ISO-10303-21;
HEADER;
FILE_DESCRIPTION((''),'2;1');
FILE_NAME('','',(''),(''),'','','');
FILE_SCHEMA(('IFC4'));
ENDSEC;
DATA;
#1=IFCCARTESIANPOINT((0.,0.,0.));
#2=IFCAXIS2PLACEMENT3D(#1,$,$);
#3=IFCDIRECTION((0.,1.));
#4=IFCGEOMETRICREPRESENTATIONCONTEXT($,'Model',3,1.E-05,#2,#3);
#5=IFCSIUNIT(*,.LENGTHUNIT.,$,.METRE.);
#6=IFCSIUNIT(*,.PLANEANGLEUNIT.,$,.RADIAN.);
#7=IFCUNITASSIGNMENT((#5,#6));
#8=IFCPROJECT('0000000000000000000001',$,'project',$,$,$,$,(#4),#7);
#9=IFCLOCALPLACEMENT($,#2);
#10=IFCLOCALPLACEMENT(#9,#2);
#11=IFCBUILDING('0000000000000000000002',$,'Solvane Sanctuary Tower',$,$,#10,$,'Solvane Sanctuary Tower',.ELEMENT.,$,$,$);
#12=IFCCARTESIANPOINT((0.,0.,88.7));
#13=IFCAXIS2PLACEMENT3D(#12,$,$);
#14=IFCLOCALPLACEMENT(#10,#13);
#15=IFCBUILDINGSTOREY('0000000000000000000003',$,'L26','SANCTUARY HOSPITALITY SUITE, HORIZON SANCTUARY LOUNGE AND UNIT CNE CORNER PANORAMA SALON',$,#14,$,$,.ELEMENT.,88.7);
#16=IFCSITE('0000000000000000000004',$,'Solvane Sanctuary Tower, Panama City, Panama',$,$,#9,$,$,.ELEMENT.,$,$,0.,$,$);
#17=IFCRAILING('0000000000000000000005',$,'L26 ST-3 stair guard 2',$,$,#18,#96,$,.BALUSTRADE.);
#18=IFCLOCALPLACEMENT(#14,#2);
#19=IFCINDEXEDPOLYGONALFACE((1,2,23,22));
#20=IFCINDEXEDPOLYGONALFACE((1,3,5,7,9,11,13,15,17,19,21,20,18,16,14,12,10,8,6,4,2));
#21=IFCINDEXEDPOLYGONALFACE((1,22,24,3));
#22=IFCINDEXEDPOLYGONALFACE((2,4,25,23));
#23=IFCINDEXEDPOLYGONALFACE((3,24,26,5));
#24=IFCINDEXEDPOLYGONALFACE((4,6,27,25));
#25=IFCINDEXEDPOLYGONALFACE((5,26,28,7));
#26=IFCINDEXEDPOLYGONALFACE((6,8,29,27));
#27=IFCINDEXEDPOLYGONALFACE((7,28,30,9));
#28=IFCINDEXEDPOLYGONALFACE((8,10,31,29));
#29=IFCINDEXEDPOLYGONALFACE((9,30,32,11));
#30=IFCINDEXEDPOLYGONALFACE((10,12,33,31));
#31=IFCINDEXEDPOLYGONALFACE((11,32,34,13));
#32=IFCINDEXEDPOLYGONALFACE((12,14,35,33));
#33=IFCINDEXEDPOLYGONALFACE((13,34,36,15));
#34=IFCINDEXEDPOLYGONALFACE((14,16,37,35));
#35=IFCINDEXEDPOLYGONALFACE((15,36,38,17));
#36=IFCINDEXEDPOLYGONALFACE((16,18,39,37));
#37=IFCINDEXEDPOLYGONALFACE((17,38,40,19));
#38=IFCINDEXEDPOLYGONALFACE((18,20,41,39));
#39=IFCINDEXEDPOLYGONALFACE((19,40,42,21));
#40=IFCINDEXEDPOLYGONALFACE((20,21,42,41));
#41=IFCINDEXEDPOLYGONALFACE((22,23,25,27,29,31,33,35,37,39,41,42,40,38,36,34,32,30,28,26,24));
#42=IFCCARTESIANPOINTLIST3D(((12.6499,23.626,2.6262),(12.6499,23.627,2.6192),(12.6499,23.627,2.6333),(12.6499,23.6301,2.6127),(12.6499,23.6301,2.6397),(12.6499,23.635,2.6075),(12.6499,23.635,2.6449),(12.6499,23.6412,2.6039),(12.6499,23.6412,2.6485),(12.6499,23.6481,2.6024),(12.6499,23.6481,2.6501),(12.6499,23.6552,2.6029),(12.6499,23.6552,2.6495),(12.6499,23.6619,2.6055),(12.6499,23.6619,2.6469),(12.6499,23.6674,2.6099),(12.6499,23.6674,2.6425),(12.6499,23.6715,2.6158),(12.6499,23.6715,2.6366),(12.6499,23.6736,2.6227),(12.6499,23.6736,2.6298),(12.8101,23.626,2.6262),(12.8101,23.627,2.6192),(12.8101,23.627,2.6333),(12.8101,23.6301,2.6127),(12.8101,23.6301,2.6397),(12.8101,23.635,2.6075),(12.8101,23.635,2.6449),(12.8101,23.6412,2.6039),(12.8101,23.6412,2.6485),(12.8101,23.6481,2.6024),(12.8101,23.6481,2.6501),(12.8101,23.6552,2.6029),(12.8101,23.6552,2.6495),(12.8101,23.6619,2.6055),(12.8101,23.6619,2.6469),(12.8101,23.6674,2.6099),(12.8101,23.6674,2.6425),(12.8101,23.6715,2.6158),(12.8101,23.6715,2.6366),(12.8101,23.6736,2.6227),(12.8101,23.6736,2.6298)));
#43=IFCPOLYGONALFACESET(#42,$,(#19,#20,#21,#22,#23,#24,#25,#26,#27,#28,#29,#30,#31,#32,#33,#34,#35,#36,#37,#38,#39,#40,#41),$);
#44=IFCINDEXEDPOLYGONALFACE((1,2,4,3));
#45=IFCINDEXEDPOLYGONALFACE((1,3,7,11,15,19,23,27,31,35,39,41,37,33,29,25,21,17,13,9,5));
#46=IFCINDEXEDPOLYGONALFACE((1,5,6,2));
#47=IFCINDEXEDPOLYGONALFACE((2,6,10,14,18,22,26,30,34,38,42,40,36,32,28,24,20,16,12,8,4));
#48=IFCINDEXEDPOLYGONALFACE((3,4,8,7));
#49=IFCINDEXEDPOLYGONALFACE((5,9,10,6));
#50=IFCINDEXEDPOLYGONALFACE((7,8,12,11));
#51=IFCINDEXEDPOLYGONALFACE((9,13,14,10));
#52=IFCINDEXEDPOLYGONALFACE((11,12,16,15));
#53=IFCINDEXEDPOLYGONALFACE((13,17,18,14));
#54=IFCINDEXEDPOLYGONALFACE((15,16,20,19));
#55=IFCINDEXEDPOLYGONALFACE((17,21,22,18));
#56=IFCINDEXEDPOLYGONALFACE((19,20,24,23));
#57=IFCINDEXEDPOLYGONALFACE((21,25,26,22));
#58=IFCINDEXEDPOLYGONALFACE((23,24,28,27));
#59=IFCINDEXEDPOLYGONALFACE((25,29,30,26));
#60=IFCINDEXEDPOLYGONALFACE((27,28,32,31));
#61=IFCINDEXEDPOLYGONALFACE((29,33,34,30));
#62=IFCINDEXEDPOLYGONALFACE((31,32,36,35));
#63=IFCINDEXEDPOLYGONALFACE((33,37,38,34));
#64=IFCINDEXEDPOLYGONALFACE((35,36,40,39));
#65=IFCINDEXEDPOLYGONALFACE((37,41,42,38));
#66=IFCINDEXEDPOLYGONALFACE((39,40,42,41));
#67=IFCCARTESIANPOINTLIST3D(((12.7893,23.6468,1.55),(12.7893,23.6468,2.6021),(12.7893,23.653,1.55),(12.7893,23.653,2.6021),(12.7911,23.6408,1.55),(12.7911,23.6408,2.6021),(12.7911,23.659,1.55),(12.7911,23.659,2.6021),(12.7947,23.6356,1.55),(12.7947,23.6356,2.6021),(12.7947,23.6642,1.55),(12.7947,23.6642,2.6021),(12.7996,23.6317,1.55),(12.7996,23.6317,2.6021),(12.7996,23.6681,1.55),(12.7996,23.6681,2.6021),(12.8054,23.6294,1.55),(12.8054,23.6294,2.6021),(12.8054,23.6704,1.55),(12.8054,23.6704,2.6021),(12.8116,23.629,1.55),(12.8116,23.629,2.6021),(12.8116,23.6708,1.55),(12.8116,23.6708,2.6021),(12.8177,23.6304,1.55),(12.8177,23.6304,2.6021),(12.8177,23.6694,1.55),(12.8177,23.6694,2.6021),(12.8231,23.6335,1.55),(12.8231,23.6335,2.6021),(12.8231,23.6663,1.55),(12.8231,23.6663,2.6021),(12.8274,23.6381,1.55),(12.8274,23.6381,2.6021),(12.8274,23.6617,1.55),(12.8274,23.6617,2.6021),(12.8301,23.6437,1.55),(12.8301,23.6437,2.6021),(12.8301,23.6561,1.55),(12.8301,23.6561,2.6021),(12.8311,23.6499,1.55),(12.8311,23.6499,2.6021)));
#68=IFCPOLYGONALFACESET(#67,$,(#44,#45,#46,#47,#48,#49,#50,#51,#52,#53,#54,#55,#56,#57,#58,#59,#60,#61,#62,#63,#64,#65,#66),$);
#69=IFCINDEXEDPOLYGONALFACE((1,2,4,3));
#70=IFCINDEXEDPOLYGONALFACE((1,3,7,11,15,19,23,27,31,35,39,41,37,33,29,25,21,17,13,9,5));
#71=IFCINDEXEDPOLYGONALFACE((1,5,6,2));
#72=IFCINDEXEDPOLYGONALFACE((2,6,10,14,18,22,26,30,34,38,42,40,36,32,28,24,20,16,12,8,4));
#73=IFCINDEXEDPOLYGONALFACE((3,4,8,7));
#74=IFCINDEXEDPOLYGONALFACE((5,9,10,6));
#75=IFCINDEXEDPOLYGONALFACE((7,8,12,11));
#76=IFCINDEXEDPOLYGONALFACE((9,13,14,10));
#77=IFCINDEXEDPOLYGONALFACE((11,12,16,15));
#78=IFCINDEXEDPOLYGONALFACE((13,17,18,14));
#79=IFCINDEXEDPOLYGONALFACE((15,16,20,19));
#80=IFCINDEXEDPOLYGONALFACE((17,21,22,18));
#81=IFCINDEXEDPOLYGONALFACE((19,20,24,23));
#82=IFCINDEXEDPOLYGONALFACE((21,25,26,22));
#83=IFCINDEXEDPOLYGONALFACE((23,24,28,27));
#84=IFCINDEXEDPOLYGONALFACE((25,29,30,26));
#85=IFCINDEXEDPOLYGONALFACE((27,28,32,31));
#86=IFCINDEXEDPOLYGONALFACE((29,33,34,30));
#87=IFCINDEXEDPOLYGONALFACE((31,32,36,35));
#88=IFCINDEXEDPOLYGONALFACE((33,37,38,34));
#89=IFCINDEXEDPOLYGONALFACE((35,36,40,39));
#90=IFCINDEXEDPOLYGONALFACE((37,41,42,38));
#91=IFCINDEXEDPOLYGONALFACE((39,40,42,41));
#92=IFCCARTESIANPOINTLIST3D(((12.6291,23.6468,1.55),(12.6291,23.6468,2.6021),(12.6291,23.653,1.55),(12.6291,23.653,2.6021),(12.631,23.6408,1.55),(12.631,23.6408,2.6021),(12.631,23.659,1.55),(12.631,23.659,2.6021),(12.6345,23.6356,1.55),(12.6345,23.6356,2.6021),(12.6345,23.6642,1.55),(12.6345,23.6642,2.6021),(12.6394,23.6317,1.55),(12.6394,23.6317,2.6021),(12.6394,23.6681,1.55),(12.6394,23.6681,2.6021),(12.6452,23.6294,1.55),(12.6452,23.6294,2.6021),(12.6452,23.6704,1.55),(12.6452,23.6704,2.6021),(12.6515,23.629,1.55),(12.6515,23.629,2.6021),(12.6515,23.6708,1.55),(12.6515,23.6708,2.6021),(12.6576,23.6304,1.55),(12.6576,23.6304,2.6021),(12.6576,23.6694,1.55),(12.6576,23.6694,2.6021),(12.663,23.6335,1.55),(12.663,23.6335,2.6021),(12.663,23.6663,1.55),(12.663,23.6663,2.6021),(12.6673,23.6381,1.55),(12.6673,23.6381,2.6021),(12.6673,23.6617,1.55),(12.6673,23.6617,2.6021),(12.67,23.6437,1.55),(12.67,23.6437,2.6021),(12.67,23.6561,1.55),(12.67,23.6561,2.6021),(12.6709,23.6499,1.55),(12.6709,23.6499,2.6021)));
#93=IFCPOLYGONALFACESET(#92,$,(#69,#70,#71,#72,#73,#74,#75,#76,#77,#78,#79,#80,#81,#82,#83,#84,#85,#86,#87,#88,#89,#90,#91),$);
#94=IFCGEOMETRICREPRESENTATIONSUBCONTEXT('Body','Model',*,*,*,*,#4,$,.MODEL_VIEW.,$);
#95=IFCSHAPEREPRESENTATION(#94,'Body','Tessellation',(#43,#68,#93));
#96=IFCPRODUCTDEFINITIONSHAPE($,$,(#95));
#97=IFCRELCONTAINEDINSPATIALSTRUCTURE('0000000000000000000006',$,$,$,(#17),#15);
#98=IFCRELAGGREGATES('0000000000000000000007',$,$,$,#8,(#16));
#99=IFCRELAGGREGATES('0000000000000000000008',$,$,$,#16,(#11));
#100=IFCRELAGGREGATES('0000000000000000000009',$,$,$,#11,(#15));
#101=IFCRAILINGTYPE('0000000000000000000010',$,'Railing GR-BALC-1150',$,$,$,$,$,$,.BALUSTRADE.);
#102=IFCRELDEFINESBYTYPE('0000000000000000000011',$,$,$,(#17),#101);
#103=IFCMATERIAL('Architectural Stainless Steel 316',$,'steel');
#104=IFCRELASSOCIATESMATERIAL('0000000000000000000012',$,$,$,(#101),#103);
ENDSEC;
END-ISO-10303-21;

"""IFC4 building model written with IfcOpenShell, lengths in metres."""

from ifc_helpers import new_model, si_unit, direction, frame, origin, origin_2d, place, context, subcontext, project, spatial, circle, extrude, material, type_object, element, save


model = new_model("IFC4")

# Units and contexts
model_context = context("Model", 3, precision=1e-05, world=origin(), true_north=direction((0.0, 1.0)))
body_context = subcontext(model_context, "Body", "Model", "MODEL_VIEW")
ifc_project = project(units=[si_unit("LENGTHUNIT", "METRE"), si_unit("PLANEANGLEUNIT", "RADIAN")], contexts=[model_context])

# Site, building, storey
site_placement = place(None, origin())
site = spatial("IfcSite", under=ifc_project, at=site_placement, Name="Solvane Sanctuary Tower, Panama City, Panama", CompositionType="ELEMENT", RefElevation=0.0)
building_placement = place(site_placement, origin())
building = spatial("IfcBuilding", under=site, at=building_placement, Name="Solvane Sanctuary Tower", LongName="Solvane Sanctuary Tower", CompositionType="ELEMENT")
storey_placement = place(building_placement, frame((0.0, 0.0, 88.7)))
storey = spatial("IfcBuildingStorey", under=building, at=storey_placement, Name="L26", Description="SANCTUARY HOSPITALITY SUITE, HORIZON SANCTUARY LOUNGE AND UNIT CNE CORNER PANORAMA SALON", CompositionType="ELEMENT", Elevation=88.7)

# Shared definitions
ifc_material_1 = material(Name="Architectural Stainless Steel 316", Category="steel")

# Railing
railing_type_1 = type_object("IfcRailingType", Name="Railing GR-BALC-1150", PredefinedType="BALUSTRADE", material=ifc_material_1)
railing_1_placement = place(storey_placement, frame((12.8101, 23.6499, 1.55)))
element("IfcRailing", 1, at=railing_1_placement, inside=storey, type_object=railing_type_1, Name="L26 ST-3 stair guard 2", PredefinedType="BALUSTRADE", context=body_context, shape_type="SweptSolid", body=[
    extrude(circle(Radius=0.0239, at=origin_2d()), frame((0.0, 0.0, 1.0762), z_axis=(-1.0, 0.0, 0.0), x_axis=(0.0, -1.0, 0.0)), (0.0, 0.0, 1.0), 0.1602),
    extrude(circle(Radius=0.021, at=origin_2d()), origin(), (0.0, 0.0, 1.0), 1.052),
    extrude(circle(Radius=0.021, at=origin_2d()), frame((-0.1602, 0.0, 0.0)), (0.0, 0.0, 1.0), 1.052),
])

save(model, "model.ifc")
